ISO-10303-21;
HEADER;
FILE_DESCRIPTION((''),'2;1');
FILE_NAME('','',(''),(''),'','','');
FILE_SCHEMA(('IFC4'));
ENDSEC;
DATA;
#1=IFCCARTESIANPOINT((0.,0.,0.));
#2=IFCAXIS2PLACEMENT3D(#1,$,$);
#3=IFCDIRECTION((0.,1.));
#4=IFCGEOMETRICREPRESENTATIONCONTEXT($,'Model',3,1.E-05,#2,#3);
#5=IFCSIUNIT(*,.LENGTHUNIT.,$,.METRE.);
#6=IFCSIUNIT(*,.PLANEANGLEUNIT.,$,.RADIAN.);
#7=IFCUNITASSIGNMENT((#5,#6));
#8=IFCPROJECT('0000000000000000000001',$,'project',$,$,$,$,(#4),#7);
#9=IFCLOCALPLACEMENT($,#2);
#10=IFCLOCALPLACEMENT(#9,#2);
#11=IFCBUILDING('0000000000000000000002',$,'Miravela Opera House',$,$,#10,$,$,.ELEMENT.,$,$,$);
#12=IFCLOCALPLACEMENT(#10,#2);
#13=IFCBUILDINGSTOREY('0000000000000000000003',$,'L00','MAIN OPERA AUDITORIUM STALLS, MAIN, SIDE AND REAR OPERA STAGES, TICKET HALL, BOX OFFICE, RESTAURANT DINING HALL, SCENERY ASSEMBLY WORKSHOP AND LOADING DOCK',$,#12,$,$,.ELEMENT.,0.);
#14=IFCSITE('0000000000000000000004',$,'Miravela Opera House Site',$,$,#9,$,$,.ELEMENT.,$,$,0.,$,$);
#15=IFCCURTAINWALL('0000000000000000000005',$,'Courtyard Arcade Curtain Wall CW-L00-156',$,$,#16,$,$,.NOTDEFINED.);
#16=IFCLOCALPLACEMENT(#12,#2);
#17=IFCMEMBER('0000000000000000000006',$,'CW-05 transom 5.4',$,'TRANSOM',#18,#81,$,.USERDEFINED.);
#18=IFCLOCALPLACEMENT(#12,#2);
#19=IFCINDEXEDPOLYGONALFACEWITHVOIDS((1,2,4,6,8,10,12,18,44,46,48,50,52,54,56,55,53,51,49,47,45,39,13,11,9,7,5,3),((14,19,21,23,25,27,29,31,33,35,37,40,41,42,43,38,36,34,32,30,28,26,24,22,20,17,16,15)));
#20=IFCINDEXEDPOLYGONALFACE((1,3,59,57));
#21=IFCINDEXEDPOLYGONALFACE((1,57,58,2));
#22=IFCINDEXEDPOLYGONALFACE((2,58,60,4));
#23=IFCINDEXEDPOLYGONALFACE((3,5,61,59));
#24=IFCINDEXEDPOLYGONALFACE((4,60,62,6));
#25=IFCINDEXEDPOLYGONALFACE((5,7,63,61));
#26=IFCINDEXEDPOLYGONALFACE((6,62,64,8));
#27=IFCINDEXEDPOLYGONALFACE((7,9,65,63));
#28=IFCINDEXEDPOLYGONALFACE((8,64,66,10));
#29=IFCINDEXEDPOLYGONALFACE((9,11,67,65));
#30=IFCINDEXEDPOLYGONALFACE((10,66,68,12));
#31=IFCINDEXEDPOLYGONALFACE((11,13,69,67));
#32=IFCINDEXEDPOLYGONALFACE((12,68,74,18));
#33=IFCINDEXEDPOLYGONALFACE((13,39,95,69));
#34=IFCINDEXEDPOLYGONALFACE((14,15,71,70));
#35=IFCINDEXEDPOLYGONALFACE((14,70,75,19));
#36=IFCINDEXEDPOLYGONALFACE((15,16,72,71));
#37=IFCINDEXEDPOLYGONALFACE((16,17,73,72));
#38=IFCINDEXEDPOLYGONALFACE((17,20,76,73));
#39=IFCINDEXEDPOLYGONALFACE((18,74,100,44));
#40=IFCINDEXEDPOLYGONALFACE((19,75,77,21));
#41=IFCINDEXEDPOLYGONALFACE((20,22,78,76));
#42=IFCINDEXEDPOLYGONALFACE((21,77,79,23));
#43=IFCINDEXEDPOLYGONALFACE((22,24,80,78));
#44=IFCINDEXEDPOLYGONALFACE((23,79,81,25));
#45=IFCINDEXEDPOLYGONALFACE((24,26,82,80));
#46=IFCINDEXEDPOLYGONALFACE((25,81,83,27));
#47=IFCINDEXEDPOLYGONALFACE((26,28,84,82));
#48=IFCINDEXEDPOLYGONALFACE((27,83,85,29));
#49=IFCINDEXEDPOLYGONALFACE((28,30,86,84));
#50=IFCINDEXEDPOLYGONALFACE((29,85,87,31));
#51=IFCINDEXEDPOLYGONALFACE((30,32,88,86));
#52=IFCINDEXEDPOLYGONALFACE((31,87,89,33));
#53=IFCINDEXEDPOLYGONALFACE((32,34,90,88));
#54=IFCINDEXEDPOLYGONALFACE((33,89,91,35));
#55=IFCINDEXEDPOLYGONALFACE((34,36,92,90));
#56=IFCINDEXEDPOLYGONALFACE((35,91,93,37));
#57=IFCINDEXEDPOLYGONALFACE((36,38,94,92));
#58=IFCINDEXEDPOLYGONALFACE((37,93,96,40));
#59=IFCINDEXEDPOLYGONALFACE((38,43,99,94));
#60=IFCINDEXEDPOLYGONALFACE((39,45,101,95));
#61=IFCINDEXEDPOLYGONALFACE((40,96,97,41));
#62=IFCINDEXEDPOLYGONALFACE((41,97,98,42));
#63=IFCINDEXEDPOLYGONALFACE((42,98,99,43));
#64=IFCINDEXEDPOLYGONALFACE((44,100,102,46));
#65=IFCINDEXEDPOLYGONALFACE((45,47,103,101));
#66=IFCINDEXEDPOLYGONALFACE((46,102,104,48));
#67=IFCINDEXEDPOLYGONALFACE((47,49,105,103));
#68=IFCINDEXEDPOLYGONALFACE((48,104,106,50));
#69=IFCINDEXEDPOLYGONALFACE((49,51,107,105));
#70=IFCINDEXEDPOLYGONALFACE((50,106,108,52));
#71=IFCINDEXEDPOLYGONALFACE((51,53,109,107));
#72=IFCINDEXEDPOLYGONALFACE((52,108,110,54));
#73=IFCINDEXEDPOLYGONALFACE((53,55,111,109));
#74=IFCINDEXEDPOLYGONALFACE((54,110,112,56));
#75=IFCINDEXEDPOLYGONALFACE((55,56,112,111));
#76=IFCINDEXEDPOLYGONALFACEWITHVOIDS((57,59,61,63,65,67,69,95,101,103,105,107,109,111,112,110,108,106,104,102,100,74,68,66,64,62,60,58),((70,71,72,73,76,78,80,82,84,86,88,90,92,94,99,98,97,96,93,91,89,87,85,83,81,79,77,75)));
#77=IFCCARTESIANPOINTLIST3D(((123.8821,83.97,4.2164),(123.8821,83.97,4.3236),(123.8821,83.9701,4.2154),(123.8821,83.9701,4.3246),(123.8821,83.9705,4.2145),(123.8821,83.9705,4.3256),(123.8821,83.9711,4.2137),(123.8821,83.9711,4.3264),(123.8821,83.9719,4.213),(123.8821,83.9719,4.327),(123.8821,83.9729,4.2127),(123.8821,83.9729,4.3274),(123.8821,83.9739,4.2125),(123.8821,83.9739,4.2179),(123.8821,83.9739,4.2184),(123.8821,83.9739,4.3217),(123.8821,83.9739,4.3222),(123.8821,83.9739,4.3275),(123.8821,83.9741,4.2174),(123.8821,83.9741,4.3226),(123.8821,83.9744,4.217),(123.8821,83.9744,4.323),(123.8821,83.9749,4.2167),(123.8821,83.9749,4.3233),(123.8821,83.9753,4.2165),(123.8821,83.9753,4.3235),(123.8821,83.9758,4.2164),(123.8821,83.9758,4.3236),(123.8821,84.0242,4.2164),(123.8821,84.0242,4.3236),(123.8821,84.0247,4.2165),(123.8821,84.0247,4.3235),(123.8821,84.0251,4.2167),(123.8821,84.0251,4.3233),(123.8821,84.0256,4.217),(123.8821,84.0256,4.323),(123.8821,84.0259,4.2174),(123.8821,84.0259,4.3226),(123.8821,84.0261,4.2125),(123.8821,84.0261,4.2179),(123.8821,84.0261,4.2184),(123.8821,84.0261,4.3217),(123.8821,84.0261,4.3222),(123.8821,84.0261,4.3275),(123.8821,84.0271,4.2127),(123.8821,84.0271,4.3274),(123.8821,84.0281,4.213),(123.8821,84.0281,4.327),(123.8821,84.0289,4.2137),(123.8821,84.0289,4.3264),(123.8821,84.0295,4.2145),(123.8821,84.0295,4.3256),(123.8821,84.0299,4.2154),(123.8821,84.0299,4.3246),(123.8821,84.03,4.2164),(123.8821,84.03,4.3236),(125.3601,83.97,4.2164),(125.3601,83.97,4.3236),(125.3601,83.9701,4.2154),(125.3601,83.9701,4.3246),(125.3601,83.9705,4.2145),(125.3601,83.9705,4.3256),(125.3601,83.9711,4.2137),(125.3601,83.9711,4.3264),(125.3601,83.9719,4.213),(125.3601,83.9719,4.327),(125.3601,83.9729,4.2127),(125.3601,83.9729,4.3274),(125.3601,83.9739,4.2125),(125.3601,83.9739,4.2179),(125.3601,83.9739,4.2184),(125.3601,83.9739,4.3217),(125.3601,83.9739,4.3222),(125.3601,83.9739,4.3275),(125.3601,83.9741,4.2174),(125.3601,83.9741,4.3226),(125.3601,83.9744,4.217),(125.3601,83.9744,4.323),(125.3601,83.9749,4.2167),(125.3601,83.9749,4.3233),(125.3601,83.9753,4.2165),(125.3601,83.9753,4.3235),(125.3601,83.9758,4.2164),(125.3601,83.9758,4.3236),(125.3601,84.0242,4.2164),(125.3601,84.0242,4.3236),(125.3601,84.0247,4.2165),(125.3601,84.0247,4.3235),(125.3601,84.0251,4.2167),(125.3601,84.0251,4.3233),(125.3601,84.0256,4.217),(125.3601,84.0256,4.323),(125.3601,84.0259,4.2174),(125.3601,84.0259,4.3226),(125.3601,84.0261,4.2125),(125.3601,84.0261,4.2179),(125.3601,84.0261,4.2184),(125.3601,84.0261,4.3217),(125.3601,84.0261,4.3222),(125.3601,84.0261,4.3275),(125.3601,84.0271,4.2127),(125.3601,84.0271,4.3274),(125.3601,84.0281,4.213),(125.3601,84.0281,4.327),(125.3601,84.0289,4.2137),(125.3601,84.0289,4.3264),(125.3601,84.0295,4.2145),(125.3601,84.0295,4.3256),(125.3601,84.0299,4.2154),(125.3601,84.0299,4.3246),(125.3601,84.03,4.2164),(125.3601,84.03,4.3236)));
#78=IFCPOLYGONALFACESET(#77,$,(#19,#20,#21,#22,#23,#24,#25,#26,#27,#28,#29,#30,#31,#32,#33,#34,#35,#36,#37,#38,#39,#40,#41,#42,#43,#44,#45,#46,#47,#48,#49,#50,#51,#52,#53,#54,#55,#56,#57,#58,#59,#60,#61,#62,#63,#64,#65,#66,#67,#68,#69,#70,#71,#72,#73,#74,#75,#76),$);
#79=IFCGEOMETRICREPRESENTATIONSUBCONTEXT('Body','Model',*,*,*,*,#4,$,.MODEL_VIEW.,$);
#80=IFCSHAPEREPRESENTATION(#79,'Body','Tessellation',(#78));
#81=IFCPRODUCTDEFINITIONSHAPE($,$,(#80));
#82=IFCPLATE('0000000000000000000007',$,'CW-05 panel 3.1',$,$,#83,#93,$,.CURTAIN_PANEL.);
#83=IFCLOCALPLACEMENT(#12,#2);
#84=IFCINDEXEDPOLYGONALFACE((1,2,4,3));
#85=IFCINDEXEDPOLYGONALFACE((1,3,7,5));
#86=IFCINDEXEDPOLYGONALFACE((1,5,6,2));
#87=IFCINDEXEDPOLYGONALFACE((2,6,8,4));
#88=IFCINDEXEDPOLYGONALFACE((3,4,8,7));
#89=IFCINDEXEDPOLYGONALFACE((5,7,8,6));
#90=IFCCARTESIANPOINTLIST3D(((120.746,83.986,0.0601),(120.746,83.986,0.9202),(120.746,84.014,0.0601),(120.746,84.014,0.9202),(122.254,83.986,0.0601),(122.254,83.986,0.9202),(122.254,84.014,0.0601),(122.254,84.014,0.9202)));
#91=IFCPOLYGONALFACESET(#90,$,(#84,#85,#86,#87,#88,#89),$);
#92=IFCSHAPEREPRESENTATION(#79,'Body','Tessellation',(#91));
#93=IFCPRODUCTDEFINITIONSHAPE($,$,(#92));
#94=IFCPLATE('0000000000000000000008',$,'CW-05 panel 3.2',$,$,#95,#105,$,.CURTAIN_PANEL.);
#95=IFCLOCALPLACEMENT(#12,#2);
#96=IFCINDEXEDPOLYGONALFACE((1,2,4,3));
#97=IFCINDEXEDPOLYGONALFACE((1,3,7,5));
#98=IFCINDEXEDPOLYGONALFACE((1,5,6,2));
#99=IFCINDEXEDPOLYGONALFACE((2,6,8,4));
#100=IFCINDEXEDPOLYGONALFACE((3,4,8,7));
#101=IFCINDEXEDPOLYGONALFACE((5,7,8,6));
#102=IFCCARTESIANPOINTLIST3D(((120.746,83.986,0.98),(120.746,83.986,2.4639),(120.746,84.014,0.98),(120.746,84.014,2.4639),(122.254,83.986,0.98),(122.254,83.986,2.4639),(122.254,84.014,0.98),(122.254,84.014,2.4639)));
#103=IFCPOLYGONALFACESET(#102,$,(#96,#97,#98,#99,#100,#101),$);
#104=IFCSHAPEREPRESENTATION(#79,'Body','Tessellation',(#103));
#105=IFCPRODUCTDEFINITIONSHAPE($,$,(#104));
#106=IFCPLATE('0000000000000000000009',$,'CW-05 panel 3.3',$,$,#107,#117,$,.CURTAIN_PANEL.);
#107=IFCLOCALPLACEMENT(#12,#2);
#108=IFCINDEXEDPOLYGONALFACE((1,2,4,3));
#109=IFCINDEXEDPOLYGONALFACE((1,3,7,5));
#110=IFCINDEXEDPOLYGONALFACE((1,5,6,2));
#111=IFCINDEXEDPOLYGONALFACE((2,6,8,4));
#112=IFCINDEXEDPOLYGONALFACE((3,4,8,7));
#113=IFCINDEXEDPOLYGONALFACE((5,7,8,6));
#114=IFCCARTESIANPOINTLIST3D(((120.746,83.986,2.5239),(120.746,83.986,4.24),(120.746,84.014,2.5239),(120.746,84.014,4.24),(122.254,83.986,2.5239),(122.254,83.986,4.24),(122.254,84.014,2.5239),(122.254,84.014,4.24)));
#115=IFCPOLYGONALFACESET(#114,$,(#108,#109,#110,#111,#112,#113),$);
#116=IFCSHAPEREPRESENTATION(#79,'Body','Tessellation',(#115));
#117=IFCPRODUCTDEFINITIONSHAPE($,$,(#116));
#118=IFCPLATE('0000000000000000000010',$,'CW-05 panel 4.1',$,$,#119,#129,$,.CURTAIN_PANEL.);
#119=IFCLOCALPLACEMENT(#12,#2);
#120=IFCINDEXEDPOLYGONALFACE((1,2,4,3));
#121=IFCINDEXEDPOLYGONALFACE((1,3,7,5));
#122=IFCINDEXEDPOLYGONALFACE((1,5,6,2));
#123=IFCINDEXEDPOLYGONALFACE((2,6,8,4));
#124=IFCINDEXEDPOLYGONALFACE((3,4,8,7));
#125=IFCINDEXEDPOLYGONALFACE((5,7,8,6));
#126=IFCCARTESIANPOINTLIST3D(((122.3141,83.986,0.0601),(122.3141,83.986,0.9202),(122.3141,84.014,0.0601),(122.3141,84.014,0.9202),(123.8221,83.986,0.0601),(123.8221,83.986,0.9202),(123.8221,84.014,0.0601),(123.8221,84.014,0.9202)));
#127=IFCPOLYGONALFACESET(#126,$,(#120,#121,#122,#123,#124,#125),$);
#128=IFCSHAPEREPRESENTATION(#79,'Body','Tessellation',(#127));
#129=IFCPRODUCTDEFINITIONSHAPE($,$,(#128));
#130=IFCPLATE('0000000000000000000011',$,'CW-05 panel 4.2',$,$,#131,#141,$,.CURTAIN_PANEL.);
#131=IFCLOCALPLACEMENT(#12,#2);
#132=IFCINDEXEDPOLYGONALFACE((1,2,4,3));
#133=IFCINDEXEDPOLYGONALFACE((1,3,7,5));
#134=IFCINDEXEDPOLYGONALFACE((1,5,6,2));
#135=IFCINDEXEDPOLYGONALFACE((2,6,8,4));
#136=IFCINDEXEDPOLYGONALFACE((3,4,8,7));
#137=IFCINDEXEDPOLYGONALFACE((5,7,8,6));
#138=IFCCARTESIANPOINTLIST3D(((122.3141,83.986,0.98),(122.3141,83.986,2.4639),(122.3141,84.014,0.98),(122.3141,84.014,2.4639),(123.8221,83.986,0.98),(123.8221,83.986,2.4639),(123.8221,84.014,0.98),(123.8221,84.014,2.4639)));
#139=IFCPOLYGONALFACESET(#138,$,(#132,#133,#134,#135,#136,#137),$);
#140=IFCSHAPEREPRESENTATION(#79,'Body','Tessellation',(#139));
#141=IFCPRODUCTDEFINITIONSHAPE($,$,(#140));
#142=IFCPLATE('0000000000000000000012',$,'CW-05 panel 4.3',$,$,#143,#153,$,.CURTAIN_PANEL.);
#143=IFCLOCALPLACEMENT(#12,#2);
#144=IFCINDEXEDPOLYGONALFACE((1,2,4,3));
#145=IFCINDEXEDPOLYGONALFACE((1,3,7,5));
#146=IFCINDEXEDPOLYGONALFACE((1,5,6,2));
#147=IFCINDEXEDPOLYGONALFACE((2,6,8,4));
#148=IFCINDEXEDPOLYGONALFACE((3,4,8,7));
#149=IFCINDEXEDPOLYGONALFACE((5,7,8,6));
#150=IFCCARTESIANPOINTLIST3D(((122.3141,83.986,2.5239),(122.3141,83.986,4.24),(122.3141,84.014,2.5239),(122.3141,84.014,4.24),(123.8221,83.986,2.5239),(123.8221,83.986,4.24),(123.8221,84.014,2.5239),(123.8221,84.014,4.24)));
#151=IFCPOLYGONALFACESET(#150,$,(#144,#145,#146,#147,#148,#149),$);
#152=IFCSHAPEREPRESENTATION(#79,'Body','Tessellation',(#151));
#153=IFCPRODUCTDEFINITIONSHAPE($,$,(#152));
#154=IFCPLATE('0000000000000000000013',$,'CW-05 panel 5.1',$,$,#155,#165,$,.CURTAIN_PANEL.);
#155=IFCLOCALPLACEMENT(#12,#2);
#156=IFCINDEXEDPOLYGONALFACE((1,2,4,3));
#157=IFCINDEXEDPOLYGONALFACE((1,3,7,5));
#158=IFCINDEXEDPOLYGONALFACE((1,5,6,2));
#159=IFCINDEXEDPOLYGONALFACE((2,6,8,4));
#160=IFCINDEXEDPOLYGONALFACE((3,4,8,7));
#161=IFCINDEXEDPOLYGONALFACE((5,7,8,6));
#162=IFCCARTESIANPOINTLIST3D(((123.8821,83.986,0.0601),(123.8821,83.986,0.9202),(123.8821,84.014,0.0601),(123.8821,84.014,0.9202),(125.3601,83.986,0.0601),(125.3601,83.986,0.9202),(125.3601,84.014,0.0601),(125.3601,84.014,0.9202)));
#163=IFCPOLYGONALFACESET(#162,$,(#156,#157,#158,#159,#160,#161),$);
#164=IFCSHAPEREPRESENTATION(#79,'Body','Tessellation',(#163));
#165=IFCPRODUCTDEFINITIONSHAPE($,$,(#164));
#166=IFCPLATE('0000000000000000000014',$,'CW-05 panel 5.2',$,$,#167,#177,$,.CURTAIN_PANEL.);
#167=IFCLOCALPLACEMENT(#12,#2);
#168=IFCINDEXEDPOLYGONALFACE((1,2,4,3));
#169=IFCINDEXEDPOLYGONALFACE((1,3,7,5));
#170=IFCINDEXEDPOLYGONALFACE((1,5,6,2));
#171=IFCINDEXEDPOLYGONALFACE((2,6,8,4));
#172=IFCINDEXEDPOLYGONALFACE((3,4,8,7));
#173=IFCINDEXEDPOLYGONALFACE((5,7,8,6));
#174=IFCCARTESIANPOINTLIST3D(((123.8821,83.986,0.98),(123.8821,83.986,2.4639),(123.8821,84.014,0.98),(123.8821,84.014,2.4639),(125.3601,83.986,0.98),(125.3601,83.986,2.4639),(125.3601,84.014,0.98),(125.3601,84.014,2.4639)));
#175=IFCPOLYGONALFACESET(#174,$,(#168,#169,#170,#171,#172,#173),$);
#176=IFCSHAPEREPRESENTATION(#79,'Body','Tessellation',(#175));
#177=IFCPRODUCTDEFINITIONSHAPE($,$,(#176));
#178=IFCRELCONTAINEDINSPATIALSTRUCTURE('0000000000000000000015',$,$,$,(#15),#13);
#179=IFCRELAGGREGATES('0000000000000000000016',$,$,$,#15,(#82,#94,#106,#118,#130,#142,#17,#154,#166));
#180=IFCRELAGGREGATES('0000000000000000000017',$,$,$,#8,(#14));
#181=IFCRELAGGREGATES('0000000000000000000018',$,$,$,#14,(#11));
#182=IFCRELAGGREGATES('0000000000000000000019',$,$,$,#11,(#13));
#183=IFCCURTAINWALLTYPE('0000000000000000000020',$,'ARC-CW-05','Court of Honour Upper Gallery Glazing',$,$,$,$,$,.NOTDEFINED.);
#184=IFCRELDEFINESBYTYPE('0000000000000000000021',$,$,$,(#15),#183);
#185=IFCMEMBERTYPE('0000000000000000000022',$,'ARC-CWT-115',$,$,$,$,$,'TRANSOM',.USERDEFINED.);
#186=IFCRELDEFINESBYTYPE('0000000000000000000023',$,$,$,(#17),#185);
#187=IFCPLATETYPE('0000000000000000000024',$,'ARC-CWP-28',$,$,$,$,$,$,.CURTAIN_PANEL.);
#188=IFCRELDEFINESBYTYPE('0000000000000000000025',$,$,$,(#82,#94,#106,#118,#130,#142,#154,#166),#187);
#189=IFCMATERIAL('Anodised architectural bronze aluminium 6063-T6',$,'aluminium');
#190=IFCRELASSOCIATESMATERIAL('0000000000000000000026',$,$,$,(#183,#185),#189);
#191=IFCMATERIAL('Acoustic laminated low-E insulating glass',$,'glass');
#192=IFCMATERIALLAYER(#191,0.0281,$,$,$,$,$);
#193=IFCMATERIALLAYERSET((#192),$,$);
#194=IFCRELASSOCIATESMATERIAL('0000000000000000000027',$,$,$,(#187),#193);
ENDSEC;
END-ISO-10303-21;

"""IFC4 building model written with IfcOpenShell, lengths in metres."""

from ifc_helpers import new_model, si_unit, direction, frame, origin, origin_2d, place, context, subcontext, project, spatial, rectangle, hollow_rectangle, extrude, material, layer, layer_set, material_profile, profile_set, type_object, element, aggregate, save


model = new_model("IFC4")

# Units and contexts
model_context = context("Model", 3, precision=1e-05, world=origin(), true_north=direction((0.0, 1.0)))
body_context = subcontext(model_context, "Body", "Model", "MODEL_VIEW")
ifc_project = project(units=[si_unit("LENGTHUNIT", "METRE"), si_unit("PLANEANGLEUNIT", "RADIAN")], contexts=[model_context])

# Site, building, storey
site_placement = place(None, origin())
site = spatial("IfcSite", under=ifc_project, at=site_placement, Name="Miravela Opera House Site", CompositionType="ELEMENT", RefElevation=0.0)
building_placement = place(site_placement, origin())
building = spatial("IfcBuilding", under=site, at=building_placement, Name="Miravela Opera House", CompositionType="ELEMENT")
storey_placement = place(building_placement, origin())
storey = spatial("IfcBuildingStorey", under=building, at=storey_placement, Name="L00", Description="MAIN OPERA AUDITORIUM STALLS, MAIN, SIDE AND REAR OPERA STAGES, TICKET HALL, BOX OFFICE, RESTAURANT DINING HALL, SCENERY ASSEMBLY WORKSHOP AND LOADING DOCK", CompositionType="ELEMENT", Elevation=0.0)

# Curtain wall, member, plates
ifc_material_1 = material(Name="Anodised architectural bronze aluminium 6063-T6", Category="aluminium")
curtain_wall_type = type_object("IfcCurtainWallType", Name="ARC-CW-05", Description="Court of Honour Upper Gallery Glazing", PredefinedType="NOTDEFINED", material=ifc_material_1)
curtain_wall_placement = place(storey_placement, origin())
curtain_wall = element("IfcCurtainWall", 1, at=curtain_wall_placement, inside=storey, type_object=curtain_wall_type, Name="Courtyard Arcade Curtain Wall CW-L00-156", PredefinedType="NOTDEFINED")
ifc_material_profile_1 = material_profile(ifc_material_1, hollow_rectangle(XDim=0.0601, YDim=0.115, WallThickness=0.0039, InnerFilletRadius=0.002, OuterFilletRadius=0.0039, at=origin_2d()), Name="CWT-60X115")
ifc_profile_set_1 = profile_set([ifc_material_profile_1])
member_type_1 = type_object("IfcMemberType", Name="ARC-CWT-115", ElementType="TRANSOM", PredefinedType="USERDEFINED", material=ifc_profile_set_1)
member_1_placement = place(storey_placement, frame((123.8821, 84.0, 4.27), z_axis=(1.0, 0.0, 0.0), x_axis=(0.0, 1.0, 0.0)))
member_1 = element("IfcMember", 2, at=member_1_placement, type_object=member_type_1, Name="CW-05 transom 5.4", ObjectType="TRANSOM", PredefinedType="USERDEFINED", context=body_context, shape_type="SweptSolid", body=[
    extrude(hollow_rectangle(XDim=0.0601, YDim=0.115, WallThickness=0.0039, InnerFilletRadius=0.002, OuterFilletRadius=0.0039, at=origin_2d()), origin(), (0.0, 0.0, 1.0), 1.478),
])
ifc_material_2 = material(Name="Acoustic laminated low-E insulating glass", Category="glass")
ifc_layer = layer(ifc_material_2, 0.0281)
ifc_layer_set = layer_set([ifc_layer])
plate_type = type_object("IfcPlateType", Name="ARC-CWP-28", PredefinedType="CURTAIN_PANEL", material=ifc_layer_set)
plate_1_placement = place(storey_placement, frame((121.5, 84.0, 0.0601), z_axis=(0.0, 0.0, 1.0), x_axis=(1.0, 0.0, 0.0)))
plate_1 = element("IfcPlate", 3, at=plate_1_placement, type_object=plate_type, Name="CW-05 panel 3.1", PredefinedType="CURTAIN_PANEL", context=body_context, shape_type="SweptSolid", body=[
    extrude(rectangle(XDim=1.5081, YDim=0.0281, at=origin_2d()), origin(), (0.0, 0.0, 1.0), 0.8601),
])
plate_2_placement = place(storey_placement, frame((121.5, 84.0, 0.98), z_axis=(0.0, 0.0, 1.0), x_axis=(1.0, 0.0, 0.0)))
plate_2 = element("IfcPlate", 4, at=plate_2_placement, type_object=plate_type, Name="CW-05 panel 3.2", PredefinedType="CURTAIN_PANEL", context=body_context, shape_type="SweptSolid", body=[
    extrude(rectangle(XDim=1.5081, YDim=0.0281, at=origin_2d()), origin(), (0.0, 0.0, 1.0), 1.4839),
])
plate_3_placement = place(storey_placement, frame((121.5, 84.0, 2.5239), z_axis=(0.0, 0.0, 1.0), x_axis=(1.0, 0.0, 0.0)))
plate_3 = element("IfcPlate", 5, at=plate_3_placement, type_object=plate_type, Name="CW-05 panel 3.3", PredefinedType="CURTAIN_PANEL", context=body_context, shape_type="SweptSolid", body=[
    extrude(rectangle(XDim=1.5081, YDim=0.0281, at=origin_2d()), origin(), (0.0, 0.0, 1.0), 1.7161),
])
plate_4_placement = place(storey_placement, frame((123.0681, 84.0, 0.0601), z_axis=(0.0, 0.0, 1.0), x_axis=(1.0, 0.0, 0.0)))
plate_4 = element("IfcPlate", 6, at=plate_4_placement, type_object=plate_type, Name="CW-05 panel 4.1", PredefinedType="CURTAIN_PANEL", context=body_context, shape_type="SweptSolid", body=[
    extrude(rectangle(XDim=1.5081, YDim=0.0281, at=origin_2d()), origin(), (0.0, 0.0, 1.0), 0.8601),
])
plate_5_placement = place(storey_placement, frame((123.0681, 84.0, 0.98), z_axis=(0.0, 0.0, 1.0), x_axis=(1.0, 0.0, 0.0)))
plate_5 = element("IfcPlate", 7, at=plate_5_placement, type_object=plate_type, Name="CW-05 panel 4.2", PredefinedType="CURTAIN_PANEL", context=body_context, shape_type="SweptSolid", body=[
    extrude(rectangle(XDim=1.5081, YDim=0.0281, at=origin_2d()), origin(), (0.0, 0.0, 1.0), 1.4839),
])
plate_6_placement = place(storey_placement, frame((123.0681, 84.0, 2.5239), z_axis=(0.0, 0.0, 1.0), x_axis=(1.0, 0.0, 0.0)))
plate_6 = element("IfcPlate", 8, at=plate_6_placement, type_object=plate_type, Name="CW-05 panel 4.3", PredefinedType="CURTAIN_PANEL", context=body_context, shape_type="SweptSolid", body=[
    extrude(rectangle(XDim=1.5081, YDim=0.0281, at=origin_2d()), origin(), (0.0, 0.0, 1.0), 1.7161),
])
plate_7_placement = place(storey_placement, frame((124.6211, 84.0, 0.0601), z_axis=(0.0, 0.0, 1.0), x_axis=(1.0, 0.0, 0.0)))
plate_7 = element("IfcPlate", 9, at=plate_7_placement, type_object=plate_type, Name="CW-05 panel 5.1", PredefinedType="CURTAIN_PANEL", context=body_context, shape_type="SweptSolid", body=[
    extrude(rectangle(XDim=1.478, YDim=0.0281, at=origin_2d()), origin(), (0.0, 0.0, 1.0), 0.8601),
])
plate_8_placement = place(storey_placement, frame((124.6211, 84.0, 0.98), z_axis=(0.0, 0.0, 1.0), x_axis=(1.0, 0.0, 0.0)))
plate_8 = element("IfcPlate", 10, at=plate_8_placement, type_object=plate_type, Name="CW-05 panel 5.2", PredefinedType="CURTAIN_PANEL", context=body_context, shape_type="SweptSolid", body=[
    extrude(rectangle(XDim=1.478, YDim=0.0281, at=origin_2d()), origin(), (0.0, 0.0, 1.0), 1.4839),
])
aggregate(curtain_wall, [plate_1, plate_2, plate_3, plate_4, plate_5, plate_6, member_1, plate_7, plate_8])

save(model, "model.ifc")
